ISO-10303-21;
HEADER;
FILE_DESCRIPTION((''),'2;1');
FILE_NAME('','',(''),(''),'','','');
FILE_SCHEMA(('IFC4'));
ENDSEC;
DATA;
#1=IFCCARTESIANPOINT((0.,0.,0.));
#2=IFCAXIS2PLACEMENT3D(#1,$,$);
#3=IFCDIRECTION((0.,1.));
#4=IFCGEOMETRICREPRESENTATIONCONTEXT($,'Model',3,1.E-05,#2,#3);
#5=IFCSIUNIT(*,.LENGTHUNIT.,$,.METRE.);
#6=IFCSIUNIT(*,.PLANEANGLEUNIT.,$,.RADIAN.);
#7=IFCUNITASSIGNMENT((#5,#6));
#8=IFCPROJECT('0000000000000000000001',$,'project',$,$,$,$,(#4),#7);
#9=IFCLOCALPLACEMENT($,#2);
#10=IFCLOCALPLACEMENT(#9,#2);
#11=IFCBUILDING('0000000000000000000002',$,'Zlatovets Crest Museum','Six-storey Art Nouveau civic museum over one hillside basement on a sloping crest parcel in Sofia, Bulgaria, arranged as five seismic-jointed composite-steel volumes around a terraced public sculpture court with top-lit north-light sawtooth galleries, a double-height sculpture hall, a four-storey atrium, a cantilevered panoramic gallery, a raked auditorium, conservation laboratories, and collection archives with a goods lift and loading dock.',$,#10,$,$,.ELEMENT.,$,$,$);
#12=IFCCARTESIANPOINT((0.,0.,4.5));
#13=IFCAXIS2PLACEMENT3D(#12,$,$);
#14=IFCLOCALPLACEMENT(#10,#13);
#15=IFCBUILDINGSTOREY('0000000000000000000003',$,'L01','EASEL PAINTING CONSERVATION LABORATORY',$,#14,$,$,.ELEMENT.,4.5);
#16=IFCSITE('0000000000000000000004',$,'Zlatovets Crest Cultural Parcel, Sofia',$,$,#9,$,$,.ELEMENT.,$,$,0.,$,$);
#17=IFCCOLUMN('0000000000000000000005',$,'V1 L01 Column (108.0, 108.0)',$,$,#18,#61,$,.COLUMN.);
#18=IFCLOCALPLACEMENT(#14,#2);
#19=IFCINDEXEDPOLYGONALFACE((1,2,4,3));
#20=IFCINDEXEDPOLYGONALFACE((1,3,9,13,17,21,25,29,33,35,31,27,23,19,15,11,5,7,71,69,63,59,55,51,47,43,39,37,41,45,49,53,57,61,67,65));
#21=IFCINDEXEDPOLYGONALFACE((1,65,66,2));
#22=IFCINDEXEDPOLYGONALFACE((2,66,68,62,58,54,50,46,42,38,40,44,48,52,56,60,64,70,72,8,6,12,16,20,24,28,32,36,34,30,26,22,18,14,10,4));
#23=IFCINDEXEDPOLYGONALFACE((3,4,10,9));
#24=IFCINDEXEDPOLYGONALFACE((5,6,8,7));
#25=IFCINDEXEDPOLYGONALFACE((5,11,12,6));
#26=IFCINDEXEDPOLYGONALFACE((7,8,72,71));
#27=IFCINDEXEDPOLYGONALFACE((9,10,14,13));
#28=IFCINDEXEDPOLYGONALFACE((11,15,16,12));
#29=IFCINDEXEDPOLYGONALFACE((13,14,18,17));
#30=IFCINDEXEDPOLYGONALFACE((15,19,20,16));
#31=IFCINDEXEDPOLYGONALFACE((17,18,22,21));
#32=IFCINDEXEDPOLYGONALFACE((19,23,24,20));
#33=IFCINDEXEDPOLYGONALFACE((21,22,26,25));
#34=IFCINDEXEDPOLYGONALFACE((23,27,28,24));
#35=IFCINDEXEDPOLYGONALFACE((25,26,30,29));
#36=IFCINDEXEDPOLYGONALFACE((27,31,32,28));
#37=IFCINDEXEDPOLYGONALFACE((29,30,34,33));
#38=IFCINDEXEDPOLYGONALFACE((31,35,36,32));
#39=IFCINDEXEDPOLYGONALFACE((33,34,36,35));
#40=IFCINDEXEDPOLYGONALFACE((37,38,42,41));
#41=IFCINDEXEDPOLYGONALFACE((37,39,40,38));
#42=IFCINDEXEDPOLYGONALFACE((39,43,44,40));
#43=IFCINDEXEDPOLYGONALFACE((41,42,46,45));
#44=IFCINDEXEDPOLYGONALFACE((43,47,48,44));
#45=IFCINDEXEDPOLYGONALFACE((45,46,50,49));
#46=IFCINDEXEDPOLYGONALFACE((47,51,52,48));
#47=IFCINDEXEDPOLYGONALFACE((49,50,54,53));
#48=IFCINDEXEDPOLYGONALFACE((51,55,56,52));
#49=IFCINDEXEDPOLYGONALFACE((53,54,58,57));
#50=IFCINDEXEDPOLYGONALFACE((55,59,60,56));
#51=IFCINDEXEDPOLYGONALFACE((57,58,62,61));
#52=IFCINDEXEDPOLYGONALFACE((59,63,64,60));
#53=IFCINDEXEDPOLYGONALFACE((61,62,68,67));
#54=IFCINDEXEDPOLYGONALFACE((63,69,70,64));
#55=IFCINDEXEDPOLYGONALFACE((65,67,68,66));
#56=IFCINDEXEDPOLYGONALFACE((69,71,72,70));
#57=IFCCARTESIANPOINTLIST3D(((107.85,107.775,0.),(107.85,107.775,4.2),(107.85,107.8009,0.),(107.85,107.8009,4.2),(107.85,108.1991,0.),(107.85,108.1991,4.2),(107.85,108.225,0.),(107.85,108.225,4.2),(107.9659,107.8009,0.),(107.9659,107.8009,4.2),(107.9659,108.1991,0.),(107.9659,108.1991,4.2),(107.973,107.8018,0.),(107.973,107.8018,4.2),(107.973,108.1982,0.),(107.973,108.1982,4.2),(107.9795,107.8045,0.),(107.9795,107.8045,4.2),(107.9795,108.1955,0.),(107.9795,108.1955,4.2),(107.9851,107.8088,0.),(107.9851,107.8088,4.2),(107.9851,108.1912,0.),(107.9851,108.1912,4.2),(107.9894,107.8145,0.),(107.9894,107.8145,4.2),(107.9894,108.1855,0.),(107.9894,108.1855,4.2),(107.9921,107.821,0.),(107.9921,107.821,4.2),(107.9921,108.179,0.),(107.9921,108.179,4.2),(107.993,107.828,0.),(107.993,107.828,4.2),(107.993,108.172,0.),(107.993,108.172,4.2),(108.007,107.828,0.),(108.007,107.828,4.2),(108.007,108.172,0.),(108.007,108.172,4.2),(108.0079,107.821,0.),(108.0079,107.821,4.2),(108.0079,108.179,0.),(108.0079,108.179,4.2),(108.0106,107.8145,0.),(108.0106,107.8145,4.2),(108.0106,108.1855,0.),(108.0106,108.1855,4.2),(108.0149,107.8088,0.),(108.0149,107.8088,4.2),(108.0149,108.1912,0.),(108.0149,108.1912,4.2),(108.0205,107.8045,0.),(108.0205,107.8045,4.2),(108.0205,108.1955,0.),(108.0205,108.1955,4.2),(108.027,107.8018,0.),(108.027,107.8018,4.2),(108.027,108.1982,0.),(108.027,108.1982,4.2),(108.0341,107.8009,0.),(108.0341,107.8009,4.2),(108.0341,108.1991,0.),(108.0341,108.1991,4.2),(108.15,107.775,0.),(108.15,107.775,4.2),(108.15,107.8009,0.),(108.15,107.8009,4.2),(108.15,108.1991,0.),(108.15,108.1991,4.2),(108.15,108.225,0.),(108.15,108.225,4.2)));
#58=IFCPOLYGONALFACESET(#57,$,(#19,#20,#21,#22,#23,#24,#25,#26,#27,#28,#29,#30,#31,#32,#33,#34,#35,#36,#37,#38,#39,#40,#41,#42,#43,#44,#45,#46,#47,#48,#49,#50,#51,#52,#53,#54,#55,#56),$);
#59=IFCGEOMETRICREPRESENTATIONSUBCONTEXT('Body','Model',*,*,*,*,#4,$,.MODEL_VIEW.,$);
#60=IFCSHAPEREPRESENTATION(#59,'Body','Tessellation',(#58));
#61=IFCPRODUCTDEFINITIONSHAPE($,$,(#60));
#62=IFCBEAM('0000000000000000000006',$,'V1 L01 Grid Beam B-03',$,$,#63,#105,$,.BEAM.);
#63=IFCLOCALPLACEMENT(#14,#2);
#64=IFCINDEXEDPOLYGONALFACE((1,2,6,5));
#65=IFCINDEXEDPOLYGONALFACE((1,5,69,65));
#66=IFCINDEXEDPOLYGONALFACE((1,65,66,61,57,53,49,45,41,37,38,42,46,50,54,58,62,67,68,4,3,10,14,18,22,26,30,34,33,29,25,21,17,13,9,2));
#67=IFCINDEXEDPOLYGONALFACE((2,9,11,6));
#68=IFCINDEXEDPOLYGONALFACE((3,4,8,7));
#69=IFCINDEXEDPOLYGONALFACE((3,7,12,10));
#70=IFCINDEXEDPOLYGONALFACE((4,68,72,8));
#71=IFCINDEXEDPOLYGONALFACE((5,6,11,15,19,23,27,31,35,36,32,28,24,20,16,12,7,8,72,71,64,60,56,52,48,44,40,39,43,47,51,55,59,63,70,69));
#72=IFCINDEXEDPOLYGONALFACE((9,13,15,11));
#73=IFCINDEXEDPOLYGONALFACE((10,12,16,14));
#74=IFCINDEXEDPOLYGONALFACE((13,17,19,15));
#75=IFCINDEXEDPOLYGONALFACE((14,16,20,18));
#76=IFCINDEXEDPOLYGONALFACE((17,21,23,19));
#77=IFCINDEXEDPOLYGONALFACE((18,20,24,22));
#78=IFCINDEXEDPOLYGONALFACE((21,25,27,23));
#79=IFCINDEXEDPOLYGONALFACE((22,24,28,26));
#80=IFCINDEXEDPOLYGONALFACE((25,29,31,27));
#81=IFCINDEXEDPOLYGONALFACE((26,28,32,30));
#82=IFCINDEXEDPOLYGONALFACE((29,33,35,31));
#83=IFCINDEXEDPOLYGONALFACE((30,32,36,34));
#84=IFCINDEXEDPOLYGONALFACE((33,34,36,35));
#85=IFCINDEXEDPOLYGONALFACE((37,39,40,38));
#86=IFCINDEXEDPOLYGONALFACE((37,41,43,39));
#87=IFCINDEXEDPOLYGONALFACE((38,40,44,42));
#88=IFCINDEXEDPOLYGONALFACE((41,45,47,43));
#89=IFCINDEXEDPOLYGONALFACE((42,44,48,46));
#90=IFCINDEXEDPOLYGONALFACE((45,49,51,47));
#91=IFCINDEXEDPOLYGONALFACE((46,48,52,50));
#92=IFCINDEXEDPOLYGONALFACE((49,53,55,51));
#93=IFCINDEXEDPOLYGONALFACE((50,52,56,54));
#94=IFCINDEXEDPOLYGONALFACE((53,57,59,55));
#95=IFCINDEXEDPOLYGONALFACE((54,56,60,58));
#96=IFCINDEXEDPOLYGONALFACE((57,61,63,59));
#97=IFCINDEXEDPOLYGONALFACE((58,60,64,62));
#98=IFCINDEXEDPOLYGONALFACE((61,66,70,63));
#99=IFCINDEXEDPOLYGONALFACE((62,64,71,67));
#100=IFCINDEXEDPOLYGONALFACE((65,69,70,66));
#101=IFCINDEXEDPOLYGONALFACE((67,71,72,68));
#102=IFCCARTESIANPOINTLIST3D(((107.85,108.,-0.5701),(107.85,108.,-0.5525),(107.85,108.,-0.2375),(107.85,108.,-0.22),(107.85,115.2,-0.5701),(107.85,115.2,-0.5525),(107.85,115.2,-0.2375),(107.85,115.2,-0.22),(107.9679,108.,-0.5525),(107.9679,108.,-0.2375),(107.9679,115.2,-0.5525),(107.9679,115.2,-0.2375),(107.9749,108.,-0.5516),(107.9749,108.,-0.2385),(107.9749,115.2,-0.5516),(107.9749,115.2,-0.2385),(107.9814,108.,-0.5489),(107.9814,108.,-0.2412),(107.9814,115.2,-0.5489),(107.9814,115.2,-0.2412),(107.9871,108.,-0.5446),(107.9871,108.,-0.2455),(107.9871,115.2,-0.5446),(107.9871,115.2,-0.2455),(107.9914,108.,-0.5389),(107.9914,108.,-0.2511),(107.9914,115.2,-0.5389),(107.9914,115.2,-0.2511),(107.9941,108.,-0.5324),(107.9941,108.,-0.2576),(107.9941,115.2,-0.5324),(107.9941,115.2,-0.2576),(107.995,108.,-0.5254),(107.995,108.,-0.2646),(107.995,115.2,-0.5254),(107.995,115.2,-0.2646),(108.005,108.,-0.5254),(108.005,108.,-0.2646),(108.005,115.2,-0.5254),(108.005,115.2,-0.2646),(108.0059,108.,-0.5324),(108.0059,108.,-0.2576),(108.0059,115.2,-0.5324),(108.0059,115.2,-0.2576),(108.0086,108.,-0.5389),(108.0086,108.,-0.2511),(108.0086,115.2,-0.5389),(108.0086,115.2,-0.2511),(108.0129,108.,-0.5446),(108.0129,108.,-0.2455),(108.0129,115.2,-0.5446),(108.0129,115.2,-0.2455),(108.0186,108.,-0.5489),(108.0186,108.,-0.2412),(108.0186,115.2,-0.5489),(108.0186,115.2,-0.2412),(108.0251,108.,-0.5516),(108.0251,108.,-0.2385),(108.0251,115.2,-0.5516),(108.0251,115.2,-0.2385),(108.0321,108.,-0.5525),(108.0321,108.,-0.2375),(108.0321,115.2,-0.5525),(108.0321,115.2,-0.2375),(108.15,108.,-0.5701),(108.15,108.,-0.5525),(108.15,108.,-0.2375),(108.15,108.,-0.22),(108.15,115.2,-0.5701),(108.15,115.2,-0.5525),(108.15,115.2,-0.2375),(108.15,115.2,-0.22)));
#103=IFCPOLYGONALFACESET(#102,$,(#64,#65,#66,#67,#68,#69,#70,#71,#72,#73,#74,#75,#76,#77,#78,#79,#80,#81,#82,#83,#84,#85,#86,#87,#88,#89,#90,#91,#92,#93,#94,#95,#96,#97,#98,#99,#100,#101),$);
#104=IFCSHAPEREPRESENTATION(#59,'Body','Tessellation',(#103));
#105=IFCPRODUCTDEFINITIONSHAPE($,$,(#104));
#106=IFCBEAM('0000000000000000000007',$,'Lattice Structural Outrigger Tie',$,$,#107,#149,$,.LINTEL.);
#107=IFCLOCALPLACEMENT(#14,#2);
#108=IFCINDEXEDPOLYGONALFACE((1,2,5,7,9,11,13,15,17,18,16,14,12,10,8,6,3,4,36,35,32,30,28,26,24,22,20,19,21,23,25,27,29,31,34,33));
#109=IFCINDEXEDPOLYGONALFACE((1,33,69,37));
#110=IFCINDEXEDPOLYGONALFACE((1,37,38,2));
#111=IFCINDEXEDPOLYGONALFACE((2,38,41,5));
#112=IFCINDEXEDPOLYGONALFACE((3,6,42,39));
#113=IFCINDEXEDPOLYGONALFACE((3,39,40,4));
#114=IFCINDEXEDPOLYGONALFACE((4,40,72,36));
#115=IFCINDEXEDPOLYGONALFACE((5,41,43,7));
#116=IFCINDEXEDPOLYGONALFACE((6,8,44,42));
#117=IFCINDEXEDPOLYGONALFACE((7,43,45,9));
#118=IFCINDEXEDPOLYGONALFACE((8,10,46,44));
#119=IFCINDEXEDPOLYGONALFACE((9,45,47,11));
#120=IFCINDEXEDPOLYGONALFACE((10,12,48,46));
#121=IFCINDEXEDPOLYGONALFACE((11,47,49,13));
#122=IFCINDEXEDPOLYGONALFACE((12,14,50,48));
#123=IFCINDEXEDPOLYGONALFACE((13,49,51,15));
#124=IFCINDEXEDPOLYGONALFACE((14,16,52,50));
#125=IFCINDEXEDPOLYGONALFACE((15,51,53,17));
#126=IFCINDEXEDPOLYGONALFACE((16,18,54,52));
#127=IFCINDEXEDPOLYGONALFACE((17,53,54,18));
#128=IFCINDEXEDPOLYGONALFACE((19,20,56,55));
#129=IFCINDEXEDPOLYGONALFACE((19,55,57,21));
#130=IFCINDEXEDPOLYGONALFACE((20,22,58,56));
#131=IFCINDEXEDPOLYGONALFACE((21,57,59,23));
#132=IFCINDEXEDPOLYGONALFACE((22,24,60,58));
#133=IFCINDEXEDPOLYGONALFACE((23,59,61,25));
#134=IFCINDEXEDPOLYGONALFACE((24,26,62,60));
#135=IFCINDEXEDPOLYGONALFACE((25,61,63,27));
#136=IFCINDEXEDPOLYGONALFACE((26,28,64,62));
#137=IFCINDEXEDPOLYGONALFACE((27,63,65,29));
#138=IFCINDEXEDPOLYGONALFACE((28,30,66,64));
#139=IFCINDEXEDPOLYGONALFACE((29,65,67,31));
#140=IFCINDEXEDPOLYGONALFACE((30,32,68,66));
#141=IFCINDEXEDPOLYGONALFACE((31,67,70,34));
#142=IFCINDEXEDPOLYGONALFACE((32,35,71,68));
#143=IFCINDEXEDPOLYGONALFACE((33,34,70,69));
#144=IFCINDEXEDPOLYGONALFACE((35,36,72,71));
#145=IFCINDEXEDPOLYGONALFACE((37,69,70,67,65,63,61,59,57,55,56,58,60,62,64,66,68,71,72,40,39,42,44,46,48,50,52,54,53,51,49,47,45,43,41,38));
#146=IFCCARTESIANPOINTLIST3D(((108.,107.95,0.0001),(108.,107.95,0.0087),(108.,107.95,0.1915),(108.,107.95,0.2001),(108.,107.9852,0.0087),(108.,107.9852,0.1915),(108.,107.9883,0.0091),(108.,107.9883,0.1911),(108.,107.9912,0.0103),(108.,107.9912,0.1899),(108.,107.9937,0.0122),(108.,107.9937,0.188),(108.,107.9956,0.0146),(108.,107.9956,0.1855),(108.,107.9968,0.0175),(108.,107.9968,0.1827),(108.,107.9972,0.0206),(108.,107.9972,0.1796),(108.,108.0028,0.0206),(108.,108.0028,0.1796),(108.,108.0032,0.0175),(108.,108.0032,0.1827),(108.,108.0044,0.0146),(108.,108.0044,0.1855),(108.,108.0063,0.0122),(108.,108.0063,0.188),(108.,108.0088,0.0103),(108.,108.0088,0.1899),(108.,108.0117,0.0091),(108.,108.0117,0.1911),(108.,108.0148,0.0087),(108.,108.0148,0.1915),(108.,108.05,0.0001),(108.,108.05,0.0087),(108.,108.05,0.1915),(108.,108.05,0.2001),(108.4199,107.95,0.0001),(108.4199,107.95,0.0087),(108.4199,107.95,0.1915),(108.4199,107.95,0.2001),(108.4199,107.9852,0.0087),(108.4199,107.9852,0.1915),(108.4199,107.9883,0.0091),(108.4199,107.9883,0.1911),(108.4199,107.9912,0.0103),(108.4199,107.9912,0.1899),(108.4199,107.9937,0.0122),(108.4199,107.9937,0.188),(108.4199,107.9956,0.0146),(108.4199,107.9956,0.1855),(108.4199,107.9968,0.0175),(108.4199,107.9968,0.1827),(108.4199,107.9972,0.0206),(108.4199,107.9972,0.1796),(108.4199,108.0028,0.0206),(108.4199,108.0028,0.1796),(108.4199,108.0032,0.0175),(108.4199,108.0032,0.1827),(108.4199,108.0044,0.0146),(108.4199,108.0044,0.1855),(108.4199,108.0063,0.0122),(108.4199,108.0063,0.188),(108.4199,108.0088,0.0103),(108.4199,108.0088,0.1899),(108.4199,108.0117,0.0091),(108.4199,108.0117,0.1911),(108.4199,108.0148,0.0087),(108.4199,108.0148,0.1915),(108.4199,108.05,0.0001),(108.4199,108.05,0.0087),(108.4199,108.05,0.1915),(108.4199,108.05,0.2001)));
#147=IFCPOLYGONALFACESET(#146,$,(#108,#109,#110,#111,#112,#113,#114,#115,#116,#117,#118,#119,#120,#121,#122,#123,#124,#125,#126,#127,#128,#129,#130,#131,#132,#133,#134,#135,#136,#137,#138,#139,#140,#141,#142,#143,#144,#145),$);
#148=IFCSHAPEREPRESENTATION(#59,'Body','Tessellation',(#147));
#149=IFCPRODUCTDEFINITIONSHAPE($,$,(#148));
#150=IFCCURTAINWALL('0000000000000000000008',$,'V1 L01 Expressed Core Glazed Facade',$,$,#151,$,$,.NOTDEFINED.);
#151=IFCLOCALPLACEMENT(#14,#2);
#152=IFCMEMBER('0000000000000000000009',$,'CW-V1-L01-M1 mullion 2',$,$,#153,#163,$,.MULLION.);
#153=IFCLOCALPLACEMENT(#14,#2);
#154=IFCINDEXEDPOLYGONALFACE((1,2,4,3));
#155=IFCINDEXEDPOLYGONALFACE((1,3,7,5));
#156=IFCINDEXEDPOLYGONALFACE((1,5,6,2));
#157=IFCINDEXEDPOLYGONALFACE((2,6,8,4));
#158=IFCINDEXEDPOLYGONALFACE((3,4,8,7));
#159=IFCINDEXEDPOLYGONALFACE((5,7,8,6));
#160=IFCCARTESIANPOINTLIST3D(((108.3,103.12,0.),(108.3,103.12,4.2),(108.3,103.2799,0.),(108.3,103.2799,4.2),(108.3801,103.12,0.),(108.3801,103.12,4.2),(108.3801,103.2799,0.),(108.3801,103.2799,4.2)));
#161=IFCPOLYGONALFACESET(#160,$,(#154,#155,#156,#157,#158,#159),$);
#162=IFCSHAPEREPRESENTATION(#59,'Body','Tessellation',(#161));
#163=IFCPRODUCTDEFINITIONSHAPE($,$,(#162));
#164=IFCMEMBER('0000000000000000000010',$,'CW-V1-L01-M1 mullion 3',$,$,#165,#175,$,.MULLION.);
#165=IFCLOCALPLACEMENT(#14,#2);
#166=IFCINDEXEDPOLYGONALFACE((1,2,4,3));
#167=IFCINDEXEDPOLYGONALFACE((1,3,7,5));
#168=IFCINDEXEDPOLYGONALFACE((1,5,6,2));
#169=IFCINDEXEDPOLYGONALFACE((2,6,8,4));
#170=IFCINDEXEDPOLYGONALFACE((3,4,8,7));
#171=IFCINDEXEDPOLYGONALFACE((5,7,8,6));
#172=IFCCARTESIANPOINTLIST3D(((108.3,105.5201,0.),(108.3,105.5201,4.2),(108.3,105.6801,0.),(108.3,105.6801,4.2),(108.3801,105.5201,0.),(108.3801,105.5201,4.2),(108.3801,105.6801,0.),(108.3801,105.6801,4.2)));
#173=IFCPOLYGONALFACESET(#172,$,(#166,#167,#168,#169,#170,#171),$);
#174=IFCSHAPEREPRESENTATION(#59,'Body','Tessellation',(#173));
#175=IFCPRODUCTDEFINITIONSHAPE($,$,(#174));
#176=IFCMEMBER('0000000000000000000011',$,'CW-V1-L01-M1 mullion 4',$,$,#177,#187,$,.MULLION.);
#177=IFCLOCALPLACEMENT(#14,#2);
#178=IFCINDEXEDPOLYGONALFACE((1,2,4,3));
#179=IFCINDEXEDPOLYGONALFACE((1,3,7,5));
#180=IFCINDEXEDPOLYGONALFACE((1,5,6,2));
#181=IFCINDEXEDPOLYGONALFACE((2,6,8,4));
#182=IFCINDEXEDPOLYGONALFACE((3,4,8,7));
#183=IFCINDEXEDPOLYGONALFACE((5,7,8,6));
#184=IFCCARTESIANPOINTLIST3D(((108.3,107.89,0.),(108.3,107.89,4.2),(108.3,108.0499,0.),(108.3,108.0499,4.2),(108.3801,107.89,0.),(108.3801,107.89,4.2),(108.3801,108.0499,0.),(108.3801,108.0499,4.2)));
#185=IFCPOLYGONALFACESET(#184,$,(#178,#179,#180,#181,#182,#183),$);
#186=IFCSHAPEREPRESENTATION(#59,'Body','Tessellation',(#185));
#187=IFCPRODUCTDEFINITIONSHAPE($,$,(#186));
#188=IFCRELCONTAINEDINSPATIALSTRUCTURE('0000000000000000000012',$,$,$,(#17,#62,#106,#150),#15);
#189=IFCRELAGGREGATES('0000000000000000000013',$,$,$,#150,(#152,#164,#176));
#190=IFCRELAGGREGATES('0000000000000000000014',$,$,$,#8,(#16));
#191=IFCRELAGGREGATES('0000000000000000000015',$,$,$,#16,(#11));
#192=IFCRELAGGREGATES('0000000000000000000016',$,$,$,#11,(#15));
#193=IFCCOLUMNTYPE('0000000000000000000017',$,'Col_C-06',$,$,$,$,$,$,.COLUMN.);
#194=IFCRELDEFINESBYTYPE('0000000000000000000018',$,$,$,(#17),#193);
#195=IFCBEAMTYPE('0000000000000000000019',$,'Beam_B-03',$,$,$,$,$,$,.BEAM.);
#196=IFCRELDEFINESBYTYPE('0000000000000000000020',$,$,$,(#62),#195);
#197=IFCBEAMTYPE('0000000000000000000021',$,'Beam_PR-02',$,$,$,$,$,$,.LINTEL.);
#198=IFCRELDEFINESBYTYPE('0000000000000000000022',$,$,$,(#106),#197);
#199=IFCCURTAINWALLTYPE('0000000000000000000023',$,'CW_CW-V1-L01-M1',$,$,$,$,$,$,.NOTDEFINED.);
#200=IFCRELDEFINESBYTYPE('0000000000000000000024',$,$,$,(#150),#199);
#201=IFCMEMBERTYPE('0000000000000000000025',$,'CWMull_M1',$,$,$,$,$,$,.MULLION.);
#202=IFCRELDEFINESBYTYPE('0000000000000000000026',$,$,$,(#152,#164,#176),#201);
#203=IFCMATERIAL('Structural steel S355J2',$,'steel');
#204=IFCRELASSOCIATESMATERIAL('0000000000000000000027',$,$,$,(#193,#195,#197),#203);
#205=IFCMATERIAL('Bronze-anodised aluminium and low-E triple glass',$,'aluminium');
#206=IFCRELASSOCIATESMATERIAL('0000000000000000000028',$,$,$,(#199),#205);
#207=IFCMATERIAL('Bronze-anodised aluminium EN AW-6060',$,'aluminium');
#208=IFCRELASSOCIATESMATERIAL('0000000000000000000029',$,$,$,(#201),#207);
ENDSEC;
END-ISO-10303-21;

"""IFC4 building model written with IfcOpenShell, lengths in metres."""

from ifc_helpers import new_model, si_unit, direction, frame, origin, origin_2d, place, context, subcontext, project, spatial, rectangle, i_section, extrude, material, material_profile, profile_set, type_object, element, aggregate, save


model = new_model("IFC4")

# Units and contexts
model_context = context("Model", 3, precision=1e-05, world=origin(), true_north=direction((0.0, 1.0)))
body_context = subcontext(model_context, "Body", "Model", "MODEL_VIEW")
ifc_project = project(units=[si_unit("LENGTHUNIT", "METRE"), si_unit("PLANEANGLEUNIT", "RADIAN")], contexts=[model_context])

# Site, building, storey
site_placement = place(None, origin())
site = spatial("IfcSite", under=ifc_project, at=site_placement, Name="Zlatovets Crest Cultural Parcel, Sofia", CompositionType="ELEMENT", RefElevation=0.0)
building_placement = place(site_placement, origin())
building = spatial("IfcBuilding", under=site, at=building_placement, Name="Zlatovets Crest Museum", Description="Six-storey Art Nouveau civic museum over one hillside basement on a sloping crest parcel in Sofia, Bulgaria, arranged as five seismic-jointed composite-steel volumes around a terraced public sculpture court with top-lit north-light sawtooth galleries, a double-height sculpture hall, a four-storey atrium, a cantilevered panoramic gallery, a raked auditorium, conservation laboratories, and collection archives with a goods lift and loading dock.", CompositionType="ELEMENT")
storey_placement = place(building_placement, frame((0.0, 0.0, 4.5)))
storey = spatial("IfcBuildingStorey", under=building, at=storey_placement, Name="L01", Description="EASEL PAINTING CONSERVATION LABORATORY", CompositionType="ELEMENT", Elevation=4.5)

# Column
ifc_material_1 = material(Name="Structural steel S355J2", Category="steel")
ifc_material_profile_1 = material_profile(ifc_material_1, i_section(OverallWidth=0.3, OverallDepth=0.45, WebThickness=0.0139, FlangeThickness=0.0259, FilletRadius=0.0271, at=origin_2d()), Name="HEB 450")
ifc_profile_set_1 = profile_set([ifc_material_profile_1], Name="Structural steel S355J2")
column_type = type_object("IfcColumnType", Name="Col_C-06", PredefinedType="COLUMN", material=ifc_profile_set_1)
column_placement = place(storey_placement, frame((108.0, 108.0, 0.0), z_axis=(0.0, 0.0, 1.0), x_axis=(1.0, 0.0, 0.0)))
element("IfcColumn", 1, at=column_placement, inside=storey, type_object=column_type, Name="V1 L01 Column (108.0, 108.0)", PredefinedType="COLUMN", context=body_context, shape_type="SweptSolid", body=[
    extrude(i_section(OverallWidth=0.3, OverallDepth=0.45, WebThickness=0.0139, FlangeThickness=0.0259, FilletRadius=0.0271, at=origin_2d()), origin(), (0.0, 0.0, 1.0), 4.2),
])

# Beams
ifc_material_profile_2 = material_profile(ifc_material_1, i_section(OverallWidth=0.3, OverallDepth=0.3501, WebThickness=0.01, FlangeThickness=0.0176, FilletRadius=0.0271, at=origin_2d()), Name="HEA 360")
ifc_profile_set_2 = profile_set([ifc_material_profile_2], Name="Structural steel S355J2")
beam_type_1 = type_object("IfcBeamType", Name="Beam_B-03", PredefinedType="BEAM", material=ifc_profile_set_2)
beam_1_placement = place(storey_placement, frame((108.0, 108.0, -0.395), z_axis=(0.0, 1.0, 0.0), x_axis=(-1.0, 0.0, 0.0)))
element("IfcBeam", 2, at=beam_1_placement, inside=storey, type_object=beam_type_1, Name="V1 L01 Grid Beam B-03", PredefinedType="BEAM", context=body_context, shape_type="SweptSolid", body=[
    extrude(i_section(OverallWidth=0.3, OverallDepth=0.3501, WebThickness=0.01, FlangeThickness=0.0176, FilletRadius=0.0271, at=origin_2d()), origin(), (0.0, 0.0, 1.0), 7.2),
])
ifc_material_profile_3 = material_profile(ifc_material_1, i_section(OverallWidth=0.1001, OverallDepth=0.2, WebThickness=0.0056, FlangeThickness=0.0085, FilletRadius=0.012, at=origin_2d()), Name="IPE 200")
ifc_profile_set_3 = profile_set([ifc_material_profile_3], Name="Structural steel S355J2")
beam_type_2 = type_object("IfcBeamType", Name="Beam_PR-02", PredefinedType="LINTEL", material=ifc_profile_set_3)
beam_2_placement = place(storey_placement, frame((108.0, 108.0, 0.1001), z_axis=(1.0, 0.0, 0.0), x_axis=(0.0, 1.0, 0.0)))
element("IfcBeam", 3, at=beam_2_placement, inside=storey, type_object=beam_type_2, Name="Lattice Structural Outrigger Tie", PredefinedType="LINTEL", context=body_context, shape_type="SweptSolid", body=[
    extrude(i_section(OverallWidth=0.1001, OverallDepth=0.2, WebThickness=0.0056, FlangeThickness=0.0085, FilletRadius=0.012, at=origin_2d()), origin(), (0.0, 0.0, 1.0), 0.4199),
])

# Curtain wall, members
ifc_material_2 = material(Name="Bronze-anodised aluminium and low-E triple glass", Category="aluminium")
curtain_wall_type = type_object("IfcCurtainWallType", Name="CW_CW-V1-L01-M1", PredefinedType="NOTDEFINED", material=ifc_material_2)
curtain_wall_placement = place(storey_placement, origin())
curtain_wall = element("IfcCurtainWall", 4, at=curtain_wall_placement, inside=storey, type_object=curtain_wall_type, Name="V1 L01 Expressed Core Glazed Facade", PredefinedType="NOTDEFINED")
ifc_material_3 = material(Name="Bronze-anodised aluminium EN AW-6060", Category="aluminium")
ifc_material_profile_4 = material_profile(ifc_material_3, rectangle(XDim=0.0801, YDim=0.1599, at=origin_2d()), Name="ALU 80x160")
ifc_profile_set_4 = profile_set([ifc_material_profile_4], Name="Bronze-anodised aluminium EN AW-6060")
member_type_1 = type_object("IfcMemberType", Name="CWMull_M1", PredefinedType="MULLION", material=ifc_profile_set_4)
member_1_placement = place(storey_placement, frame((108.3401, 103.2, 0.0), z_axis=(0.0, 0.0, 1.0), x_axis=(-1.0, 0.0, 0.0)))
member_1 = element("IfcMember", 5, at=member_1_placement, type_object=member_type_1, Name="CW-V1-L01-M1 mullion 2", PredefinedType="MULLION", context=body_context, shape_type="SweptSolid", body=[
    extrude(rectangle(XDim=0.0801, YDim=0.1599, at=origin_2d()), origin(), (0.0, 0.0, 1.0), 4.2),
])
member_2_placement = place(storey_placement, frame((108.3401, 105.6001, 0.0), z_axis=(0.0, 0.0, 1.0), x_axis=(-1.0, 0.0, 0.0)))
member_2 = element("IfcMember", 6, at=member_2_placement, type_object=member_type_1, Name="CW-V1-L01-M1 mullion 3", PredefinedType="MULLION", context=body_context, shape_type="SweptSolid", body=[
    extrude(rectangle(XDim=0.0801, YDim=0.1599, at=origin_2d()), origin(), (0.0, 0.0, 1.0), 4.2),
])
member_3_placement = place(storey_placement, frame((108.3401, 107.97, 0.0), z_axis=(0.0, 0.0, 1.0), x_axis=(-1.0, 0.0, 0.0)))
member_3 = element("IfcMember", 7, at=member_3_placement, type_object=member_type_1, Name="CW-V1-L01-M1 mullion 4", PredefinedType="MULLION", context=body_context, shape_type="SweptSolid", body=[
    extrude(rectangle(XDim=0.0801, YDim=0.1599, at=origin_2d()), origin(), (0.0, 0.0, 1.0), 4.2),
])

aggregate(curtain_wall, [member_1, member_2, member_3])

save(model, "model.ifc")
